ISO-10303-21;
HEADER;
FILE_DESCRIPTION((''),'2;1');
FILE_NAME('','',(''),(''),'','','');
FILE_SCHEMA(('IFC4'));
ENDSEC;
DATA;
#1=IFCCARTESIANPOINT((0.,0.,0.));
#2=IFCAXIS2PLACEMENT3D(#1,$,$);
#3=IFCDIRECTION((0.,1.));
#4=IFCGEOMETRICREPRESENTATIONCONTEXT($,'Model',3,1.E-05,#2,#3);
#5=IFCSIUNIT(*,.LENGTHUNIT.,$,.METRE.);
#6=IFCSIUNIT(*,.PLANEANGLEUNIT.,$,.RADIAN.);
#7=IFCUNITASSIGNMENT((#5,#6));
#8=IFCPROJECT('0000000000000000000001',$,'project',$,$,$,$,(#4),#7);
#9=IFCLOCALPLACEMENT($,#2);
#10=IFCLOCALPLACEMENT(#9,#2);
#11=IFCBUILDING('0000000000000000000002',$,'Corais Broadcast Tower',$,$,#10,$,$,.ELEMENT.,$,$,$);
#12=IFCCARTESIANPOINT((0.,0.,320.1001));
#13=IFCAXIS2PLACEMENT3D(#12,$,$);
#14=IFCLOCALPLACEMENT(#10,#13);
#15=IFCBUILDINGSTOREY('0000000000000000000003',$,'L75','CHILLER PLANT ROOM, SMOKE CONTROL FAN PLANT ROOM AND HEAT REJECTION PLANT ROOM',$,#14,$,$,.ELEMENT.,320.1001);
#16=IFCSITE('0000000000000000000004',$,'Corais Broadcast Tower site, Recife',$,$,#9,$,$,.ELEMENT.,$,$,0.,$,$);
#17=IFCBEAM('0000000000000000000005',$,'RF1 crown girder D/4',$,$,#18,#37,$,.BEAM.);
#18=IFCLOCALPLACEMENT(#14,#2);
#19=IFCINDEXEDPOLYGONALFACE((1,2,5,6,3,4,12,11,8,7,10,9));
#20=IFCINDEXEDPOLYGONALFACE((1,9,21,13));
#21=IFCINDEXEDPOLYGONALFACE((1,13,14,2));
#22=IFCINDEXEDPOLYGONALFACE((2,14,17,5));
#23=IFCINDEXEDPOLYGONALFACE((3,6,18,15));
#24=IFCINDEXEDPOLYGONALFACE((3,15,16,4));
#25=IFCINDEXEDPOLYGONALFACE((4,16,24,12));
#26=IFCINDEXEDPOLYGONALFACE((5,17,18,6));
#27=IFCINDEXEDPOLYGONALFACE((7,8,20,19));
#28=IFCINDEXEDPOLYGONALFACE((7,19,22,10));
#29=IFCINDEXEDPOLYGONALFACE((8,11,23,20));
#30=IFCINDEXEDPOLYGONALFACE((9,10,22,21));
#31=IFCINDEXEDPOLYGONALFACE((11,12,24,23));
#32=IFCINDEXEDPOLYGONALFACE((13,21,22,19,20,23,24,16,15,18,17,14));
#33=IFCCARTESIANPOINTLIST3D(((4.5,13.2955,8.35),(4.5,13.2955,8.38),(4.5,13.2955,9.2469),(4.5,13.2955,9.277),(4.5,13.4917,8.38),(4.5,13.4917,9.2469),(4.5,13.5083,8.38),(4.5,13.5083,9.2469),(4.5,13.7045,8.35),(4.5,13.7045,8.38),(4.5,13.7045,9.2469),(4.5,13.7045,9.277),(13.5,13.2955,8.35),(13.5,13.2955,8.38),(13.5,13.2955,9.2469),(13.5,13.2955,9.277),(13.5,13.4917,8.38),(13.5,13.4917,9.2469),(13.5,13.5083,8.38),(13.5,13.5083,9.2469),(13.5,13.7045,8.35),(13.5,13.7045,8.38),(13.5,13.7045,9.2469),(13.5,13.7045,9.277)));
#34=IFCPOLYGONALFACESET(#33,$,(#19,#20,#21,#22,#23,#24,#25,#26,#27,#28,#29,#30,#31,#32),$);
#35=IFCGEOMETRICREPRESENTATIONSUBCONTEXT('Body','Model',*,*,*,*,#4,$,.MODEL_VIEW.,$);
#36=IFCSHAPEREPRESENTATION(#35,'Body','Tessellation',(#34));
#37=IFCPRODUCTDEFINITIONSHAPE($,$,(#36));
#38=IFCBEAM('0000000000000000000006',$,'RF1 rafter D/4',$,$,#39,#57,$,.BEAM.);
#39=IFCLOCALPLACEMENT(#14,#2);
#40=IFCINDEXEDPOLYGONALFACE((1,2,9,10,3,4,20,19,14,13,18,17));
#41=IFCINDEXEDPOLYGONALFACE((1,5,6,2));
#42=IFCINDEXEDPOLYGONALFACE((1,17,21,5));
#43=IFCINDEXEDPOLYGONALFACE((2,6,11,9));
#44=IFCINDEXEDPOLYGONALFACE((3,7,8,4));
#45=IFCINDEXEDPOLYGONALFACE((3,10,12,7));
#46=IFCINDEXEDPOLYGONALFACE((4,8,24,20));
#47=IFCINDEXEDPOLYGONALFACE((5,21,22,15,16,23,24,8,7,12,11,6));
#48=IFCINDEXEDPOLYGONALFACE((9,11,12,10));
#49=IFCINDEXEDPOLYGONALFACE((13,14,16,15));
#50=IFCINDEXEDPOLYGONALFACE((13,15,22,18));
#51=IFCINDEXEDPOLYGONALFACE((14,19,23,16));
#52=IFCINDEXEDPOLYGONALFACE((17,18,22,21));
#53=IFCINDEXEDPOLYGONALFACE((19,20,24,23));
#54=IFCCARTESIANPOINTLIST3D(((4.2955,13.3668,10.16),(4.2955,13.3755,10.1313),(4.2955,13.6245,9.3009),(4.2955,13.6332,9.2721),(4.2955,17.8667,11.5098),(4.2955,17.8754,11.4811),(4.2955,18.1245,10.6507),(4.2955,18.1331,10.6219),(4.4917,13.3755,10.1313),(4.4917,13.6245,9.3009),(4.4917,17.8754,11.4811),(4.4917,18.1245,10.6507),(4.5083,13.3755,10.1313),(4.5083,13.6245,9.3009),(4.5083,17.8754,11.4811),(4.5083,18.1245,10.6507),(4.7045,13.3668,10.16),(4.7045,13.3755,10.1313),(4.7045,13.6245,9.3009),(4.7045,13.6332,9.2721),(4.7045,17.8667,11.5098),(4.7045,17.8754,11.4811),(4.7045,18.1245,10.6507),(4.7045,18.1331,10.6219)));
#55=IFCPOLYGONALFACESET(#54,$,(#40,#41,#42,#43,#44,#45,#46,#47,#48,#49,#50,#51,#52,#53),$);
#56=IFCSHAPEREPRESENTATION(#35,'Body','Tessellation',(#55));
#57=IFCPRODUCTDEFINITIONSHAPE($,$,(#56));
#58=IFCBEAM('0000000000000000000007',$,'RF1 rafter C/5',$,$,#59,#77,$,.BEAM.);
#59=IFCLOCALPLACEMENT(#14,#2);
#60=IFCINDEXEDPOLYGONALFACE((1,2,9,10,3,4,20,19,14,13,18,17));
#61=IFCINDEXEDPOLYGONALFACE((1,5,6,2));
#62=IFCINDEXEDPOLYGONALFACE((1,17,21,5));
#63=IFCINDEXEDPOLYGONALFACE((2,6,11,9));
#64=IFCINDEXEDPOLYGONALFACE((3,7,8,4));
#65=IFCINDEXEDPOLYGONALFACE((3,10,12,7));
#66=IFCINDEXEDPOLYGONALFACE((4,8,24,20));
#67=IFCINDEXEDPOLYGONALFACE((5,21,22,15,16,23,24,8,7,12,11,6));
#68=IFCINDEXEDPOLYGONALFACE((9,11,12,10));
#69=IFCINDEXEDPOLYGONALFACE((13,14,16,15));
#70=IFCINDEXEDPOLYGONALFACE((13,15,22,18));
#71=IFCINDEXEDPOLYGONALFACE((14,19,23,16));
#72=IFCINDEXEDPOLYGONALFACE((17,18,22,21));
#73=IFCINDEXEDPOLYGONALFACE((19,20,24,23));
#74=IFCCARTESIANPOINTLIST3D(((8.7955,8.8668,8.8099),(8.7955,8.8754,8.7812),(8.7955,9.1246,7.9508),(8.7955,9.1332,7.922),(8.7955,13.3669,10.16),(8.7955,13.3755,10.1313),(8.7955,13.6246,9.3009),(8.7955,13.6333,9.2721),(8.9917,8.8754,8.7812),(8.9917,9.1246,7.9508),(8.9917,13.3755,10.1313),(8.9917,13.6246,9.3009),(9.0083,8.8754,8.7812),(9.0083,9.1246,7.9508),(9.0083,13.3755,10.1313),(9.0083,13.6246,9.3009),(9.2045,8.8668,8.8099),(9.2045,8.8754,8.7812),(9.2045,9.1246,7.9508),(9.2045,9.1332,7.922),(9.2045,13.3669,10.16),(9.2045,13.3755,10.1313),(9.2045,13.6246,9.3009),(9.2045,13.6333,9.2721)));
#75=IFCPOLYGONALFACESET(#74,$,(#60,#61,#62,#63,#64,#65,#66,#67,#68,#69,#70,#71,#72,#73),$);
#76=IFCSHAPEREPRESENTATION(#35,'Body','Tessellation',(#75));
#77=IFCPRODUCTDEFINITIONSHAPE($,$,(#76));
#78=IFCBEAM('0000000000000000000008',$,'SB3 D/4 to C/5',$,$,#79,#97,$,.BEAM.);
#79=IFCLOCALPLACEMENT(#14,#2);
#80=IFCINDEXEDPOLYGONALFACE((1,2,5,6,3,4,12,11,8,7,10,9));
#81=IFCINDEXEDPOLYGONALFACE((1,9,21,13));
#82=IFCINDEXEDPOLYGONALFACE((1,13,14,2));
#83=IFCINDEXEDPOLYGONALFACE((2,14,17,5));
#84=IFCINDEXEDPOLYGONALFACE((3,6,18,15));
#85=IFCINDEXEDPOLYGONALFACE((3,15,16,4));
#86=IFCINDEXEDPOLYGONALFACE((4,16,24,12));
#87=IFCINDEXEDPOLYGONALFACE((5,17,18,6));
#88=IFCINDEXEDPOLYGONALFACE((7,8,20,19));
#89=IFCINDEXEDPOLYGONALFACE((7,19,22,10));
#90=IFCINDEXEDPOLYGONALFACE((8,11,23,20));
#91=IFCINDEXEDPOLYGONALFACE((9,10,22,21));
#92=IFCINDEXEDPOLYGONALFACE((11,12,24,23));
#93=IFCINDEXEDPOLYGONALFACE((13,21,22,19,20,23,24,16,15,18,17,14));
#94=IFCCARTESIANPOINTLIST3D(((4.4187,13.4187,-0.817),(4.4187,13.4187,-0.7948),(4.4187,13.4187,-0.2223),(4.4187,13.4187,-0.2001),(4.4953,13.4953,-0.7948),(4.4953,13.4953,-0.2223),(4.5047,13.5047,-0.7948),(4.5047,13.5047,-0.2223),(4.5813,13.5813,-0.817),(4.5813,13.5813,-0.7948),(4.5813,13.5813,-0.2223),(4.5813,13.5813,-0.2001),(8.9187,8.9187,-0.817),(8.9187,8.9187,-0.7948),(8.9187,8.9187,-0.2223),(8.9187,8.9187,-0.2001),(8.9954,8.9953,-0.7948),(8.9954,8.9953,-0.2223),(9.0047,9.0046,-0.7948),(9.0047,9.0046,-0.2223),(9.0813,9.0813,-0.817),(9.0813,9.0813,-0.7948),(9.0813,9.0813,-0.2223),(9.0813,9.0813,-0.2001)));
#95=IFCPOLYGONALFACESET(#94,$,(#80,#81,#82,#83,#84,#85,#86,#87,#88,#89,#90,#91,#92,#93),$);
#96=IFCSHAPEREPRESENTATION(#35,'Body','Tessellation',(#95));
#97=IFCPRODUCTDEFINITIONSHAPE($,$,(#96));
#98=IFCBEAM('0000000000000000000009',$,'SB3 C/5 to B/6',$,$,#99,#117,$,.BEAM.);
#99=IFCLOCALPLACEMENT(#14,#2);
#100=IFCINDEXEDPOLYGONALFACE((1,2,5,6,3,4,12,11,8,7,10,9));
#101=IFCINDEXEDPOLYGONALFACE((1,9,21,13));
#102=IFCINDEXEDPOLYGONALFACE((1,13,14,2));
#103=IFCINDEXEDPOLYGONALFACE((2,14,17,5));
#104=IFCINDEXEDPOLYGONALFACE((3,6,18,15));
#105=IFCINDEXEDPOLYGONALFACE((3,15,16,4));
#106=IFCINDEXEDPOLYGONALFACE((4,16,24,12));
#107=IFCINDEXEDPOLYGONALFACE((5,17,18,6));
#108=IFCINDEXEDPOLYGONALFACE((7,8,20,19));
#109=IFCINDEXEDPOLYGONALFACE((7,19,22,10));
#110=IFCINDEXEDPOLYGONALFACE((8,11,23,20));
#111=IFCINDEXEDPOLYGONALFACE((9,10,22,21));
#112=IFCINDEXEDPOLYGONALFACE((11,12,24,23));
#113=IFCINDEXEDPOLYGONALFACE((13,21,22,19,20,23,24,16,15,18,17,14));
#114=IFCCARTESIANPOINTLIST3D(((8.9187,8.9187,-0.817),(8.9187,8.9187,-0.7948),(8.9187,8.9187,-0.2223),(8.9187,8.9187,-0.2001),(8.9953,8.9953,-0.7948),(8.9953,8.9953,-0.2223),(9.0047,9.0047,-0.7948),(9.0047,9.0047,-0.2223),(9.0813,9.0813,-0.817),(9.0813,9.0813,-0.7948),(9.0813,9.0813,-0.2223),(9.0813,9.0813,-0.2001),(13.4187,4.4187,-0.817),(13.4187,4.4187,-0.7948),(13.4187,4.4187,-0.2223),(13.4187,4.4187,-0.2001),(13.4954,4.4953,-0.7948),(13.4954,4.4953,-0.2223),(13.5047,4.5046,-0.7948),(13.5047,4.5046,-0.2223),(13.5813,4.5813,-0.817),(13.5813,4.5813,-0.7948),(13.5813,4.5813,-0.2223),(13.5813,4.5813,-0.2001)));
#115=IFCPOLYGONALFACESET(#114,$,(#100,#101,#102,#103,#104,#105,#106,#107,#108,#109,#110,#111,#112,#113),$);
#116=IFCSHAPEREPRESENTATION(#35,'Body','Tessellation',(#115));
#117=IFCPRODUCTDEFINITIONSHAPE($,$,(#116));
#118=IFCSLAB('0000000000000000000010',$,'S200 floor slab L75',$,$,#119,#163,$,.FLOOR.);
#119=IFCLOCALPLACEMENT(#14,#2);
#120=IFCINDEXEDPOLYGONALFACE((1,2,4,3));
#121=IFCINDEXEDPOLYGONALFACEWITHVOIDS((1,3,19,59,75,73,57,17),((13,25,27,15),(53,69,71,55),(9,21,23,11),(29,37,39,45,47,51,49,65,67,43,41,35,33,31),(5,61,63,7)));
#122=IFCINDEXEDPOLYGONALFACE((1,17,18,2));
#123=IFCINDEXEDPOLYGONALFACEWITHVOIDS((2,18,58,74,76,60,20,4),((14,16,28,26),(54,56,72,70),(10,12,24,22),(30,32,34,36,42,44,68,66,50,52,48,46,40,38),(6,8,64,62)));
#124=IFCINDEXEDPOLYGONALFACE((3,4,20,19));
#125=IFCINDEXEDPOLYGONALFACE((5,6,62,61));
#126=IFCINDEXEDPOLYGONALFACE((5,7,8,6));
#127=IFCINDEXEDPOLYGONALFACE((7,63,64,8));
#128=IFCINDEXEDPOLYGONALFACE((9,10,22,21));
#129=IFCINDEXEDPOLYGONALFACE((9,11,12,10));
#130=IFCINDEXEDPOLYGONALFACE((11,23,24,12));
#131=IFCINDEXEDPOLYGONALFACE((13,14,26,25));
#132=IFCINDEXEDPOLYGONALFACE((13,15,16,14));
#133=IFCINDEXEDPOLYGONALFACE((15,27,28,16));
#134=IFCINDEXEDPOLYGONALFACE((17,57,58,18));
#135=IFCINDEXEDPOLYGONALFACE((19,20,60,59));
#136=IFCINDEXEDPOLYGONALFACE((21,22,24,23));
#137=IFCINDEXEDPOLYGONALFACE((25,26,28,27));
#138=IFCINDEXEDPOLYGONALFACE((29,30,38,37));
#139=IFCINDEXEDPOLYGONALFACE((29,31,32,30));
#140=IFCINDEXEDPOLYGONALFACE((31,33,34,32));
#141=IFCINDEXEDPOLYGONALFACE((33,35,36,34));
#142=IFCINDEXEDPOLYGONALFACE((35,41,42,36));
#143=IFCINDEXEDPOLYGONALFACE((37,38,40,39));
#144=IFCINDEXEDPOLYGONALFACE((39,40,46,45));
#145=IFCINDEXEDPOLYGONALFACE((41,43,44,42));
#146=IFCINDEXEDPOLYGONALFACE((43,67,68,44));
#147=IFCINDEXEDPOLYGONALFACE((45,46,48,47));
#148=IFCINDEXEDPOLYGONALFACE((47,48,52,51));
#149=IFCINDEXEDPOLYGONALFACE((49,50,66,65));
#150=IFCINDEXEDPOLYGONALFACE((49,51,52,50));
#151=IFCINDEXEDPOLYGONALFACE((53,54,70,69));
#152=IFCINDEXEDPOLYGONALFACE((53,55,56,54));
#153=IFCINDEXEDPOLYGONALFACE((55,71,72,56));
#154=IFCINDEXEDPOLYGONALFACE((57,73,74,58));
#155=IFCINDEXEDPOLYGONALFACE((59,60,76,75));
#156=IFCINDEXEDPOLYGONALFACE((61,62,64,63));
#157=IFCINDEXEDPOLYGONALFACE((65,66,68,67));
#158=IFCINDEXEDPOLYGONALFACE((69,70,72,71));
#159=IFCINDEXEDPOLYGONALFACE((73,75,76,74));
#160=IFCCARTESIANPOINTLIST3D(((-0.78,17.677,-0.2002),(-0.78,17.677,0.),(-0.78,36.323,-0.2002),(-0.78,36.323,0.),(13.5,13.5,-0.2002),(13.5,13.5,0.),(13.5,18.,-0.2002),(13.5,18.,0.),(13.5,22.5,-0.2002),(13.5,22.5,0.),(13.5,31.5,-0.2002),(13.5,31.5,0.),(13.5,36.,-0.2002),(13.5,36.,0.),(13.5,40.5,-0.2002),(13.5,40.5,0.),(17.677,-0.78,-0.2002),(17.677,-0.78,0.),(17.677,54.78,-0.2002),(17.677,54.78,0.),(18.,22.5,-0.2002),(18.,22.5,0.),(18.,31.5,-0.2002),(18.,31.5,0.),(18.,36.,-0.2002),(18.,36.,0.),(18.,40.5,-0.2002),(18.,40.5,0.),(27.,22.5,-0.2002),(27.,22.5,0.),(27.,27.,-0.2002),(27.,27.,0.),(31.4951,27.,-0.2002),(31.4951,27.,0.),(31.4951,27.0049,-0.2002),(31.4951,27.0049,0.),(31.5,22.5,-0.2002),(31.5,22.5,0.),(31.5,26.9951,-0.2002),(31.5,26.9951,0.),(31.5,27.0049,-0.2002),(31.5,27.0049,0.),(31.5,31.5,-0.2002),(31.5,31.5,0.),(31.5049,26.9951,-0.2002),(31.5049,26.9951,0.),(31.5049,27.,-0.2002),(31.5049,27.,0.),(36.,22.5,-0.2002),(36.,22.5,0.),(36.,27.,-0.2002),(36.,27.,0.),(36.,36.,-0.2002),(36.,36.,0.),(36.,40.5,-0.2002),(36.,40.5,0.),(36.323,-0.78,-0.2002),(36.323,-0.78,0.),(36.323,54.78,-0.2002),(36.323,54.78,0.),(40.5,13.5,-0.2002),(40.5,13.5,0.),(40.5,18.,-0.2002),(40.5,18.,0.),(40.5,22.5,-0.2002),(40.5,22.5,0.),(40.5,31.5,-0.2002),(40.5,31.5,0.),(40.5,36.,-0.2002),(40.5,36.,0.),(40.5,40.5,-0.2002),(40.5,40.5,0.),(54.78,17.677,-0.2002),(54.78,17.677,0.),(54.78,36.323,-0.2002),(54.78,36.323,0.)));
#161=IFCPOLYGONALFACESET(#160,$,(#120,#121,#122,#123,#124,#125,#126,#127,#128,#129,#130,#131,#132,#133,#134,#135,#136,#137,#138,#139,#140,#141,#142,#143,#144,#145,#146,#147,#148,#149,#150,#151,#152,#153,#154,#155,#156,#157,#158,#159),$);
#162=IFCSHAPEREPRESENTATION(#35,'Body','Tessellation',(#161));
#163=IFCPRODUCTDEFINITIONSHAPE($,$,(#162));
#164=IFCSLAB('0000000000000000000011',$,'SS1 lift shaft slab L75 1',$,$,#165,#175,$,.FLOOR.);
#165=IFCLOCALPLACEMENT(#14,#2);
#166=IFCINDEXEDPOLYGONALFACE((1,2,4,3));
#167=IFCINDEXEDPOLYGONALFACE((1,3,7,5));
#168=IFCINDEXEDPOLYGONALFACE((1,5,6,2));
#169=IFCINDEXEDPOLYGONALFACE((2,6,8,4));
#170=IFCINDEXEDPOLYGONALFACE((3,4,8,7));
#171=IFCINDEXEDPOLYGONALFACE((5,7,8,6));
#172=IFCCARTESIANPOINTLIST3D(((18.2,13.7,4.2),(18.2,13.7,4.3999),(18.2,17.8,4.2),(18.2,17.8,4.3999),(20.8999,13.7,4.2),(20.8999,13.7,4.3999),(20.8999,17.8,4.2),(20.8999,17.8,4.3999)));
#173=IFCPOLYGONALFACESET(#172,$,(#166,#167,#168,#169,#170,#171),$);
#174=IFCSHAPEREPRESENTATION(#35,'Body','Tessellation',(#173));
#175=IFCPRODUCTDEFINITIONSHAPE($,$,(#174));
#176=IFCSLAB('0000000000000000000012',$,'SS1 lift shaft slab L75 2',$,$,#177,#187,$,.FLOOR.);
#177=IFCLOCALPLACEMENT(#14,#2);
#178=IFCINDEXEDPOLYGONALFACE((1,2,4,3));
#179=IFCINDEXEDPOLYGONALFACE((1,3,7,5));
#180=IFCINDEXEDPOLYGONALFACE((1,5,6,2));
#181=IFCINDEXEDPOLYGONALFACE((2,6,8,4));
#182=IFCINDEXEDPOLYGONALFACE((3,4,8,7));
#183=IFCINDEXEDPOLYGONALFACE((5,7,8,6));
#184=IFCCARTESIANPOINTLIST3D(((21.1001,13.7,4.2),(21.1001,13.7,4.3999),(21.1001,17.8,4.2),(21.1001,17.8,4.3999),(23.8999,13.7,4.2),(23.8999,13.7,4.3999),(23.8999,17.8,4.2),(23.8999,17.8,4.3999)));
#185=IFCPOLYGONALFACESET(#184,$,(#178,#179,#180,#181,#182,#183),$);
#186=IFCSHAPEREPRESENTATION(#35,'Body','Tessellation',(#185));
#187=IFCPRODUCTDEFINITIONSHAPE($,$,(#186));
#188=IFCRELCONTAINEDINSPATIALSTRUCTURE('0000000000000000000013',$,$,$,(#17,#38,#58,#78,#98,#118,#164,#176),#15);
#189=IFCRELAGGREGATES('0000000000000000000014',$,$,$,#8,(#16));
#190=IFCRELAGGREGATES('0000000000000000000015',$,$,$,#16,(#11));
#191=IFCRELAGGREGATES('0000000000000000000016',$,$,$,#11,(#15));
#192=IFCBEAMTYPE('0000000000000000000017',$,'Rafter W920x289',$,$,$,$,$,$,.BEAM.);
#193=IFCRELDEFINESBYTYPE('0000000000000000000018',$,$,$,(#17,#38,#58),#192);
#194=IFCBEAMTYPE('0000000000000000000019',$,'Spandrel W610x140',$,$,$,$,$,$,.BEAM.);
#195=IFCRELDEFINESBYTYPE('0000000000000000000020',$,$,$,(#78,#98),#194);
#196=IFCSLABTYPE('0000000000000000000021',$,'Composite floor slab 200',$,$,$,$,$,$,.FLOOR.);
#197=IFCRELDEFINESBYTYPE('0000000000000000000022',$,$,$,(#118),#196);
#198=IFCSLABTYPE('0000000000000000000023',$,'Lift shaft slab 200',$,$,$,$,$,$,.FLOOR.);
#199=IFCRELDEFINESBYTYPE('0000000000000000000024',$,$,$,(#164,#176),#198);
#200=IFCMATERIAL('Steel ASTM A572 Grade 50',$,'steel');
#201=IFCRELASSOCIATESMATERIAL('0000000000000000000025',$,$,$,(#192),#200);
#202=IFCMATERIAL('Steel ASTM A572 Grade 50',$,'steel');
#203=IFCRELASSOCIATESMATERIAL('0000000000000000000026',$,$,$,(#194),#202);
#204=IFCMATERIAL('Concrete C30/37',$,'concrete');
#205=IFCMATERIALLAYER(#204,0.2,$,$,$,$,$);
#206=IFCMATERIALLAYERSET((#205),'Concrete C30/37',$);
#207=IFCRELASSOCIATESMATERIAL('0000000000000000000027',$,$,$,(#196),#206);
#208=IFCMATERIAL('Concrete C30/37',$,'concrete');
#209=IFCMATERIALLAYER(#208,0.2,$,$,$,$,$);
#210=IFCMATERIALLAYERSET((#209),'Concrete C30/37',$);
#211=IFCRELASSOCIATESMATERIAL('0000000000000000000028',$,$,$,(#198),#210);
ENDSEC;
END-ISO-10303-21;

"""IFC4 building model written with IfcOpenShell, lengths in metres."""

from ifc_helpers import new_model, si_unit, direction, frame, origin, origin_2d, place, context, subcontext, project, spatial, polyline, i_section, outline, extrude, material, layer, layer_set, material_profile, profile_set, type_object, element, save


model = new_model("IFC4")

# Units and contexts
model_context = context("Model", 3, precision=1e-05, world=origin(), true_north=direction((0.0, 1.0)))
body_context = subcontext(model_context, "Body", "Model", "MODEL_VIEW")
ifc_project = project(units=[si_unit("LENGTHUNIT", "METRE"), si_unit("PLANEANGLEUNIT", "RADIAN")], contexts=[model_context])

# Site, building, storey
site_placement = place(None, origin())
site = spatial("IfcSite", under=ifc_project, at=site_placement, Name="Corais Broadcast Tower site, Recife", CompositionType="ELEMENT", RefElevation=0.0)
building_placement = place(site_placement, origin())
building = spatial("IfcBuilding", under=site, at=building_placement, Name="Corais Broadcast Tower", CompositionType="ELEMENT")
storey_placement = place(building_placement, frame((0.0, 0.0, 320.1001)))
storey = spatial("IfcBuildingStorey", under=building, at=storey_placement, Name="L75", Description="CHILLER PLANT ROOM, SMOKE CONTROL FAN PLANT ROOM AND HEAT REJECTION PLANT ROOM", CompositionType="ELEMENT", Elevation=320.1001)

# Beams
ifc_material_1 = material(Name="Steel ASTM A572 Grade 50", Category="steel")
ifc_material_profile_1 = material_profile(ifc_material_1, i_section(OverallWidth=0.4089, OverallDepth=0.927, WebThickness=0.0166, FlangeThickness=0.03, at=origin_2d()), Name="W920x289")
ifc_profile_set_1 = profile_set([ifc_material_profile_1], Name="Steel ASTM A572 Grade 50")
beam_type_1 = type_object("IfcBeamType", Name="Rafter W920x289", PredefinedType="BEAM", material=ifc_profile_set_1)
beam_1_placement = place(storey_placement, frame((4.5, 13.5, 8.8135), z_axis=(1.0, 0.0, 0.0), x_axis=(0.0, 1.0, 0.0)))
element("IfcBeam", 1, at=beam_1_placement, inside=storey, type_object=beam_type_1, Name="RF1 crown girder D/4", PredefinedType="BEAM", context=body_context, shape_type="SweptSolid", body=[
    extrude(i_section(OverallWidth=0.4089, OverallDepth=0.927, WebThickness=0.0166, FlangeThickness=0.03, at=origin_2d()), origin(), (0.0, 0.0, 1.0), 9.0),
])
beam_2_placement = place(storey_placement, frame((4.5, 13.5, 9.7161), z_axis=(0.0, 0.957835, 0.287319), x_axis=(-1.0, 0.0, 0.0)))
element("IfcBeam", 2, at=beam_2_placement, inside=storey, type_object=beam_type_1, Name="RF1 rafter D/4", PredefinedType="BEAM", context=body_context, shape_type="SweptSolid", body=[
    extrude(i_section(OverallWidth=0.4089, OverallDepth=0.927, WebThickness=0.0166, FlangeThickness=0.03, at=origin_2d()), origin(), (0.0, 0.0, 1.0), 4.698),
])
beam_3_placement = place(storey_placement, frame((9.0, 9.0, 8.366), z_axis=(0.0, 0.957821, 0.287367), x_axis=(-1.0, 0.0, 0.0)))
element("IfcBeam", 3, at=beam_3_placement, inside=storey, type_object=beam_type_1, Name="RF1 rafter C/5", PredefinedType="BEAM", context=body_context, shape_type="SweptSolid", body=[
    extrude(i_section(OverallWidth=0.4089, OverallDepth=0.927, WebThickness=0.0166, FlangeThickness=0.03, at=origin_2d()), origin(), (0.0, 0.0, 1.0), 4.6982),
])
ifc_material_2 = material(Name="Steel ASTM A572 Grade 50", Category="steel")
ifc_material_profile_2 = material_profile(ifc_material_2, i_section(OverallWidth=0.23, OverallDepth=0.6169, WebThickness=0.0132, FlangeThickness=0.0222, at=origin_2d()), Name="W610x140")
ifc_profile_set_2 = profile_set([ifc_material_profile_2], Name="Steel ASTM A572 Grade 50")
beam_type_2 = type_object("IfcBeamType", Name="Spandrel W610x140", PredefinedType="BEAM", material=ifc_profile_set_2)
for number, where, z_axis, x_axis, name in (
    (4, (4.5, 13.5, -0.5085), (0.707107, -0.707107, 0.0), (0.707107, 0.707107, 0.0), "SB3 D/4 to C/5"),
    (5, (9.0, 9.0, -0.5085), (0.707107, -0.707107, 0.0), (0.707107, 0.707107, 0.0), "SB3 C/5 to B/6"),
):
    element("IfcBeam", number, at=place(storey_placement, frame(where, z_axis=z_axis, x_axis=x_axis)), inside=storey, type_object=beam_type_2, Name=name, PredefinedType="BEAM", context=body_context, shape_type="SweptSolid", body=[
        extrude(i_section(OverallWidth=0.23, OverallDepth=0.6169, WebThickness=0.0132, FlangeThickness=0.0222, at=origin_2d()), origin(), (0.0, 0.0, 1.0), 6.364),
    ])

# Slabs
ifc_material_3 = material(Name="Concrete C30/37", Category="concrete")
ifc_layer_1 = layer(ifc_material_3, 0.2)
ifc_layer_set_1 = layer_set([ifc_layer_1], Name="Concrete C30/37")
slab_type_1 = type_object("IfcSlabType", Name="Composite floor slab 200", PredefinedType="FLOOR", material=ifc_layer_set_1)
slab_1_placement = place(storey_placement, frame((0.0, 0.0, -0.2002)))
element("IfcSlab", 6, at=slab_1_placement, inside=storey, type_object=slab_type_1, Name="S200 floor slab L75", PredefinedType="FLOOR", context=body_context, shape_type="SweptSolid", body=[
    extrude(outline(polyline([(17.677, -0.78), (-0.78, 17.677), (-0.78, 36.323), (17.677, 54.78), (36.323, 54.78), (54.78, 36.323), (54.78, 17.677), (36.323, -0.78), (17.677, -0.78)]), holes=[polyline([(13.5, 18.0), (40.5, 18.0), (40.5, 13.5), (13.5, 13.5), (13.5, 18.0)]), polyline([(18.0, 22.5), (13.5, 22.5), (13.5, 31.5), (18.0, 31.5), (18.0, 22.5)]), polyline([(18.0, 36.0), (13.5, 36.0), (13.5, 40.5), (18.0, 40.5), (18.0, 36.0)]), polyline([(31.5, 22.5), (27.0, 22.5), (27.0, 27.0), (31.4951, 27.0), (31.4951, 27.0049), (31.5, 27.0049), (31.5, 31.5), (40.5, 31.5), (40.5, 22.5), (36.0, 22.5), (36.0, 27.0), (31.5049, 27.0), (31.5049, 26.9951), (31.5, 26.9951), (31.5, 22.5)]), polyline([(40.5, 36.0), (36.0, 36.0), (36.0, 40.5), (40.5, 40.5), (40.5, 36.0)])]), origin(), (0.0, 0.0, 1.0), 0.2002),
])
ifc_material_4 = material(Name="Concrete C30/37", Category="concrete")
ifc_layer_2 = layer(ifc_material_4, 0.2)
ifc_layer_set_2 = layer_set([ifc_layer_2], Name="Concrete C30/37")
slab_type_2 = type_object("IfcSlabType", Name="Lift shaft slab 200", PredefinedType="FLOOR", material=ifc_layer_set_2)
slab_2_placement = place(storey_placement, frame((0.0, 0.0, 4.2)))
element("IfcSlab", 7, at=slab_2_placement, inside=storey, type_object=slab_type_2, Name="SS1 lift shaft slab L75 1", PredefinedType="FLOOR", context=body_context, shape_type="SweptSolid", body=[
    extrude(outline(polyline([(18.2, 13.7), (20.8999, 13.7), (20.8999, 17.8), (18.2, 17.8), (18.2, 13.7)])), origin(), (0.0, 0.0, 1.0), 0.2),
])
slab_3_placement = place(storey_placement, frame((0.0, 0.0, 4.2)))
element("IfcSlab", 8, at=slab_3_placement, inside=storey, type_object=slab_type_2, Name="SS1 lift shaft slab L75 2", PredefinedType="FLOOR", context=body_context, shape_type="SweptSolid", body=[
    extrude(outline(polyline([(21.1001, 13.7), (23.8999, 13.7), (23.8999, 17.8), (21.1001, 17.8), (21.1001, 13.7)])), origin(), (0.0, 0.0, 1.0), 0.2),
])

save(model, "model.ifc")
